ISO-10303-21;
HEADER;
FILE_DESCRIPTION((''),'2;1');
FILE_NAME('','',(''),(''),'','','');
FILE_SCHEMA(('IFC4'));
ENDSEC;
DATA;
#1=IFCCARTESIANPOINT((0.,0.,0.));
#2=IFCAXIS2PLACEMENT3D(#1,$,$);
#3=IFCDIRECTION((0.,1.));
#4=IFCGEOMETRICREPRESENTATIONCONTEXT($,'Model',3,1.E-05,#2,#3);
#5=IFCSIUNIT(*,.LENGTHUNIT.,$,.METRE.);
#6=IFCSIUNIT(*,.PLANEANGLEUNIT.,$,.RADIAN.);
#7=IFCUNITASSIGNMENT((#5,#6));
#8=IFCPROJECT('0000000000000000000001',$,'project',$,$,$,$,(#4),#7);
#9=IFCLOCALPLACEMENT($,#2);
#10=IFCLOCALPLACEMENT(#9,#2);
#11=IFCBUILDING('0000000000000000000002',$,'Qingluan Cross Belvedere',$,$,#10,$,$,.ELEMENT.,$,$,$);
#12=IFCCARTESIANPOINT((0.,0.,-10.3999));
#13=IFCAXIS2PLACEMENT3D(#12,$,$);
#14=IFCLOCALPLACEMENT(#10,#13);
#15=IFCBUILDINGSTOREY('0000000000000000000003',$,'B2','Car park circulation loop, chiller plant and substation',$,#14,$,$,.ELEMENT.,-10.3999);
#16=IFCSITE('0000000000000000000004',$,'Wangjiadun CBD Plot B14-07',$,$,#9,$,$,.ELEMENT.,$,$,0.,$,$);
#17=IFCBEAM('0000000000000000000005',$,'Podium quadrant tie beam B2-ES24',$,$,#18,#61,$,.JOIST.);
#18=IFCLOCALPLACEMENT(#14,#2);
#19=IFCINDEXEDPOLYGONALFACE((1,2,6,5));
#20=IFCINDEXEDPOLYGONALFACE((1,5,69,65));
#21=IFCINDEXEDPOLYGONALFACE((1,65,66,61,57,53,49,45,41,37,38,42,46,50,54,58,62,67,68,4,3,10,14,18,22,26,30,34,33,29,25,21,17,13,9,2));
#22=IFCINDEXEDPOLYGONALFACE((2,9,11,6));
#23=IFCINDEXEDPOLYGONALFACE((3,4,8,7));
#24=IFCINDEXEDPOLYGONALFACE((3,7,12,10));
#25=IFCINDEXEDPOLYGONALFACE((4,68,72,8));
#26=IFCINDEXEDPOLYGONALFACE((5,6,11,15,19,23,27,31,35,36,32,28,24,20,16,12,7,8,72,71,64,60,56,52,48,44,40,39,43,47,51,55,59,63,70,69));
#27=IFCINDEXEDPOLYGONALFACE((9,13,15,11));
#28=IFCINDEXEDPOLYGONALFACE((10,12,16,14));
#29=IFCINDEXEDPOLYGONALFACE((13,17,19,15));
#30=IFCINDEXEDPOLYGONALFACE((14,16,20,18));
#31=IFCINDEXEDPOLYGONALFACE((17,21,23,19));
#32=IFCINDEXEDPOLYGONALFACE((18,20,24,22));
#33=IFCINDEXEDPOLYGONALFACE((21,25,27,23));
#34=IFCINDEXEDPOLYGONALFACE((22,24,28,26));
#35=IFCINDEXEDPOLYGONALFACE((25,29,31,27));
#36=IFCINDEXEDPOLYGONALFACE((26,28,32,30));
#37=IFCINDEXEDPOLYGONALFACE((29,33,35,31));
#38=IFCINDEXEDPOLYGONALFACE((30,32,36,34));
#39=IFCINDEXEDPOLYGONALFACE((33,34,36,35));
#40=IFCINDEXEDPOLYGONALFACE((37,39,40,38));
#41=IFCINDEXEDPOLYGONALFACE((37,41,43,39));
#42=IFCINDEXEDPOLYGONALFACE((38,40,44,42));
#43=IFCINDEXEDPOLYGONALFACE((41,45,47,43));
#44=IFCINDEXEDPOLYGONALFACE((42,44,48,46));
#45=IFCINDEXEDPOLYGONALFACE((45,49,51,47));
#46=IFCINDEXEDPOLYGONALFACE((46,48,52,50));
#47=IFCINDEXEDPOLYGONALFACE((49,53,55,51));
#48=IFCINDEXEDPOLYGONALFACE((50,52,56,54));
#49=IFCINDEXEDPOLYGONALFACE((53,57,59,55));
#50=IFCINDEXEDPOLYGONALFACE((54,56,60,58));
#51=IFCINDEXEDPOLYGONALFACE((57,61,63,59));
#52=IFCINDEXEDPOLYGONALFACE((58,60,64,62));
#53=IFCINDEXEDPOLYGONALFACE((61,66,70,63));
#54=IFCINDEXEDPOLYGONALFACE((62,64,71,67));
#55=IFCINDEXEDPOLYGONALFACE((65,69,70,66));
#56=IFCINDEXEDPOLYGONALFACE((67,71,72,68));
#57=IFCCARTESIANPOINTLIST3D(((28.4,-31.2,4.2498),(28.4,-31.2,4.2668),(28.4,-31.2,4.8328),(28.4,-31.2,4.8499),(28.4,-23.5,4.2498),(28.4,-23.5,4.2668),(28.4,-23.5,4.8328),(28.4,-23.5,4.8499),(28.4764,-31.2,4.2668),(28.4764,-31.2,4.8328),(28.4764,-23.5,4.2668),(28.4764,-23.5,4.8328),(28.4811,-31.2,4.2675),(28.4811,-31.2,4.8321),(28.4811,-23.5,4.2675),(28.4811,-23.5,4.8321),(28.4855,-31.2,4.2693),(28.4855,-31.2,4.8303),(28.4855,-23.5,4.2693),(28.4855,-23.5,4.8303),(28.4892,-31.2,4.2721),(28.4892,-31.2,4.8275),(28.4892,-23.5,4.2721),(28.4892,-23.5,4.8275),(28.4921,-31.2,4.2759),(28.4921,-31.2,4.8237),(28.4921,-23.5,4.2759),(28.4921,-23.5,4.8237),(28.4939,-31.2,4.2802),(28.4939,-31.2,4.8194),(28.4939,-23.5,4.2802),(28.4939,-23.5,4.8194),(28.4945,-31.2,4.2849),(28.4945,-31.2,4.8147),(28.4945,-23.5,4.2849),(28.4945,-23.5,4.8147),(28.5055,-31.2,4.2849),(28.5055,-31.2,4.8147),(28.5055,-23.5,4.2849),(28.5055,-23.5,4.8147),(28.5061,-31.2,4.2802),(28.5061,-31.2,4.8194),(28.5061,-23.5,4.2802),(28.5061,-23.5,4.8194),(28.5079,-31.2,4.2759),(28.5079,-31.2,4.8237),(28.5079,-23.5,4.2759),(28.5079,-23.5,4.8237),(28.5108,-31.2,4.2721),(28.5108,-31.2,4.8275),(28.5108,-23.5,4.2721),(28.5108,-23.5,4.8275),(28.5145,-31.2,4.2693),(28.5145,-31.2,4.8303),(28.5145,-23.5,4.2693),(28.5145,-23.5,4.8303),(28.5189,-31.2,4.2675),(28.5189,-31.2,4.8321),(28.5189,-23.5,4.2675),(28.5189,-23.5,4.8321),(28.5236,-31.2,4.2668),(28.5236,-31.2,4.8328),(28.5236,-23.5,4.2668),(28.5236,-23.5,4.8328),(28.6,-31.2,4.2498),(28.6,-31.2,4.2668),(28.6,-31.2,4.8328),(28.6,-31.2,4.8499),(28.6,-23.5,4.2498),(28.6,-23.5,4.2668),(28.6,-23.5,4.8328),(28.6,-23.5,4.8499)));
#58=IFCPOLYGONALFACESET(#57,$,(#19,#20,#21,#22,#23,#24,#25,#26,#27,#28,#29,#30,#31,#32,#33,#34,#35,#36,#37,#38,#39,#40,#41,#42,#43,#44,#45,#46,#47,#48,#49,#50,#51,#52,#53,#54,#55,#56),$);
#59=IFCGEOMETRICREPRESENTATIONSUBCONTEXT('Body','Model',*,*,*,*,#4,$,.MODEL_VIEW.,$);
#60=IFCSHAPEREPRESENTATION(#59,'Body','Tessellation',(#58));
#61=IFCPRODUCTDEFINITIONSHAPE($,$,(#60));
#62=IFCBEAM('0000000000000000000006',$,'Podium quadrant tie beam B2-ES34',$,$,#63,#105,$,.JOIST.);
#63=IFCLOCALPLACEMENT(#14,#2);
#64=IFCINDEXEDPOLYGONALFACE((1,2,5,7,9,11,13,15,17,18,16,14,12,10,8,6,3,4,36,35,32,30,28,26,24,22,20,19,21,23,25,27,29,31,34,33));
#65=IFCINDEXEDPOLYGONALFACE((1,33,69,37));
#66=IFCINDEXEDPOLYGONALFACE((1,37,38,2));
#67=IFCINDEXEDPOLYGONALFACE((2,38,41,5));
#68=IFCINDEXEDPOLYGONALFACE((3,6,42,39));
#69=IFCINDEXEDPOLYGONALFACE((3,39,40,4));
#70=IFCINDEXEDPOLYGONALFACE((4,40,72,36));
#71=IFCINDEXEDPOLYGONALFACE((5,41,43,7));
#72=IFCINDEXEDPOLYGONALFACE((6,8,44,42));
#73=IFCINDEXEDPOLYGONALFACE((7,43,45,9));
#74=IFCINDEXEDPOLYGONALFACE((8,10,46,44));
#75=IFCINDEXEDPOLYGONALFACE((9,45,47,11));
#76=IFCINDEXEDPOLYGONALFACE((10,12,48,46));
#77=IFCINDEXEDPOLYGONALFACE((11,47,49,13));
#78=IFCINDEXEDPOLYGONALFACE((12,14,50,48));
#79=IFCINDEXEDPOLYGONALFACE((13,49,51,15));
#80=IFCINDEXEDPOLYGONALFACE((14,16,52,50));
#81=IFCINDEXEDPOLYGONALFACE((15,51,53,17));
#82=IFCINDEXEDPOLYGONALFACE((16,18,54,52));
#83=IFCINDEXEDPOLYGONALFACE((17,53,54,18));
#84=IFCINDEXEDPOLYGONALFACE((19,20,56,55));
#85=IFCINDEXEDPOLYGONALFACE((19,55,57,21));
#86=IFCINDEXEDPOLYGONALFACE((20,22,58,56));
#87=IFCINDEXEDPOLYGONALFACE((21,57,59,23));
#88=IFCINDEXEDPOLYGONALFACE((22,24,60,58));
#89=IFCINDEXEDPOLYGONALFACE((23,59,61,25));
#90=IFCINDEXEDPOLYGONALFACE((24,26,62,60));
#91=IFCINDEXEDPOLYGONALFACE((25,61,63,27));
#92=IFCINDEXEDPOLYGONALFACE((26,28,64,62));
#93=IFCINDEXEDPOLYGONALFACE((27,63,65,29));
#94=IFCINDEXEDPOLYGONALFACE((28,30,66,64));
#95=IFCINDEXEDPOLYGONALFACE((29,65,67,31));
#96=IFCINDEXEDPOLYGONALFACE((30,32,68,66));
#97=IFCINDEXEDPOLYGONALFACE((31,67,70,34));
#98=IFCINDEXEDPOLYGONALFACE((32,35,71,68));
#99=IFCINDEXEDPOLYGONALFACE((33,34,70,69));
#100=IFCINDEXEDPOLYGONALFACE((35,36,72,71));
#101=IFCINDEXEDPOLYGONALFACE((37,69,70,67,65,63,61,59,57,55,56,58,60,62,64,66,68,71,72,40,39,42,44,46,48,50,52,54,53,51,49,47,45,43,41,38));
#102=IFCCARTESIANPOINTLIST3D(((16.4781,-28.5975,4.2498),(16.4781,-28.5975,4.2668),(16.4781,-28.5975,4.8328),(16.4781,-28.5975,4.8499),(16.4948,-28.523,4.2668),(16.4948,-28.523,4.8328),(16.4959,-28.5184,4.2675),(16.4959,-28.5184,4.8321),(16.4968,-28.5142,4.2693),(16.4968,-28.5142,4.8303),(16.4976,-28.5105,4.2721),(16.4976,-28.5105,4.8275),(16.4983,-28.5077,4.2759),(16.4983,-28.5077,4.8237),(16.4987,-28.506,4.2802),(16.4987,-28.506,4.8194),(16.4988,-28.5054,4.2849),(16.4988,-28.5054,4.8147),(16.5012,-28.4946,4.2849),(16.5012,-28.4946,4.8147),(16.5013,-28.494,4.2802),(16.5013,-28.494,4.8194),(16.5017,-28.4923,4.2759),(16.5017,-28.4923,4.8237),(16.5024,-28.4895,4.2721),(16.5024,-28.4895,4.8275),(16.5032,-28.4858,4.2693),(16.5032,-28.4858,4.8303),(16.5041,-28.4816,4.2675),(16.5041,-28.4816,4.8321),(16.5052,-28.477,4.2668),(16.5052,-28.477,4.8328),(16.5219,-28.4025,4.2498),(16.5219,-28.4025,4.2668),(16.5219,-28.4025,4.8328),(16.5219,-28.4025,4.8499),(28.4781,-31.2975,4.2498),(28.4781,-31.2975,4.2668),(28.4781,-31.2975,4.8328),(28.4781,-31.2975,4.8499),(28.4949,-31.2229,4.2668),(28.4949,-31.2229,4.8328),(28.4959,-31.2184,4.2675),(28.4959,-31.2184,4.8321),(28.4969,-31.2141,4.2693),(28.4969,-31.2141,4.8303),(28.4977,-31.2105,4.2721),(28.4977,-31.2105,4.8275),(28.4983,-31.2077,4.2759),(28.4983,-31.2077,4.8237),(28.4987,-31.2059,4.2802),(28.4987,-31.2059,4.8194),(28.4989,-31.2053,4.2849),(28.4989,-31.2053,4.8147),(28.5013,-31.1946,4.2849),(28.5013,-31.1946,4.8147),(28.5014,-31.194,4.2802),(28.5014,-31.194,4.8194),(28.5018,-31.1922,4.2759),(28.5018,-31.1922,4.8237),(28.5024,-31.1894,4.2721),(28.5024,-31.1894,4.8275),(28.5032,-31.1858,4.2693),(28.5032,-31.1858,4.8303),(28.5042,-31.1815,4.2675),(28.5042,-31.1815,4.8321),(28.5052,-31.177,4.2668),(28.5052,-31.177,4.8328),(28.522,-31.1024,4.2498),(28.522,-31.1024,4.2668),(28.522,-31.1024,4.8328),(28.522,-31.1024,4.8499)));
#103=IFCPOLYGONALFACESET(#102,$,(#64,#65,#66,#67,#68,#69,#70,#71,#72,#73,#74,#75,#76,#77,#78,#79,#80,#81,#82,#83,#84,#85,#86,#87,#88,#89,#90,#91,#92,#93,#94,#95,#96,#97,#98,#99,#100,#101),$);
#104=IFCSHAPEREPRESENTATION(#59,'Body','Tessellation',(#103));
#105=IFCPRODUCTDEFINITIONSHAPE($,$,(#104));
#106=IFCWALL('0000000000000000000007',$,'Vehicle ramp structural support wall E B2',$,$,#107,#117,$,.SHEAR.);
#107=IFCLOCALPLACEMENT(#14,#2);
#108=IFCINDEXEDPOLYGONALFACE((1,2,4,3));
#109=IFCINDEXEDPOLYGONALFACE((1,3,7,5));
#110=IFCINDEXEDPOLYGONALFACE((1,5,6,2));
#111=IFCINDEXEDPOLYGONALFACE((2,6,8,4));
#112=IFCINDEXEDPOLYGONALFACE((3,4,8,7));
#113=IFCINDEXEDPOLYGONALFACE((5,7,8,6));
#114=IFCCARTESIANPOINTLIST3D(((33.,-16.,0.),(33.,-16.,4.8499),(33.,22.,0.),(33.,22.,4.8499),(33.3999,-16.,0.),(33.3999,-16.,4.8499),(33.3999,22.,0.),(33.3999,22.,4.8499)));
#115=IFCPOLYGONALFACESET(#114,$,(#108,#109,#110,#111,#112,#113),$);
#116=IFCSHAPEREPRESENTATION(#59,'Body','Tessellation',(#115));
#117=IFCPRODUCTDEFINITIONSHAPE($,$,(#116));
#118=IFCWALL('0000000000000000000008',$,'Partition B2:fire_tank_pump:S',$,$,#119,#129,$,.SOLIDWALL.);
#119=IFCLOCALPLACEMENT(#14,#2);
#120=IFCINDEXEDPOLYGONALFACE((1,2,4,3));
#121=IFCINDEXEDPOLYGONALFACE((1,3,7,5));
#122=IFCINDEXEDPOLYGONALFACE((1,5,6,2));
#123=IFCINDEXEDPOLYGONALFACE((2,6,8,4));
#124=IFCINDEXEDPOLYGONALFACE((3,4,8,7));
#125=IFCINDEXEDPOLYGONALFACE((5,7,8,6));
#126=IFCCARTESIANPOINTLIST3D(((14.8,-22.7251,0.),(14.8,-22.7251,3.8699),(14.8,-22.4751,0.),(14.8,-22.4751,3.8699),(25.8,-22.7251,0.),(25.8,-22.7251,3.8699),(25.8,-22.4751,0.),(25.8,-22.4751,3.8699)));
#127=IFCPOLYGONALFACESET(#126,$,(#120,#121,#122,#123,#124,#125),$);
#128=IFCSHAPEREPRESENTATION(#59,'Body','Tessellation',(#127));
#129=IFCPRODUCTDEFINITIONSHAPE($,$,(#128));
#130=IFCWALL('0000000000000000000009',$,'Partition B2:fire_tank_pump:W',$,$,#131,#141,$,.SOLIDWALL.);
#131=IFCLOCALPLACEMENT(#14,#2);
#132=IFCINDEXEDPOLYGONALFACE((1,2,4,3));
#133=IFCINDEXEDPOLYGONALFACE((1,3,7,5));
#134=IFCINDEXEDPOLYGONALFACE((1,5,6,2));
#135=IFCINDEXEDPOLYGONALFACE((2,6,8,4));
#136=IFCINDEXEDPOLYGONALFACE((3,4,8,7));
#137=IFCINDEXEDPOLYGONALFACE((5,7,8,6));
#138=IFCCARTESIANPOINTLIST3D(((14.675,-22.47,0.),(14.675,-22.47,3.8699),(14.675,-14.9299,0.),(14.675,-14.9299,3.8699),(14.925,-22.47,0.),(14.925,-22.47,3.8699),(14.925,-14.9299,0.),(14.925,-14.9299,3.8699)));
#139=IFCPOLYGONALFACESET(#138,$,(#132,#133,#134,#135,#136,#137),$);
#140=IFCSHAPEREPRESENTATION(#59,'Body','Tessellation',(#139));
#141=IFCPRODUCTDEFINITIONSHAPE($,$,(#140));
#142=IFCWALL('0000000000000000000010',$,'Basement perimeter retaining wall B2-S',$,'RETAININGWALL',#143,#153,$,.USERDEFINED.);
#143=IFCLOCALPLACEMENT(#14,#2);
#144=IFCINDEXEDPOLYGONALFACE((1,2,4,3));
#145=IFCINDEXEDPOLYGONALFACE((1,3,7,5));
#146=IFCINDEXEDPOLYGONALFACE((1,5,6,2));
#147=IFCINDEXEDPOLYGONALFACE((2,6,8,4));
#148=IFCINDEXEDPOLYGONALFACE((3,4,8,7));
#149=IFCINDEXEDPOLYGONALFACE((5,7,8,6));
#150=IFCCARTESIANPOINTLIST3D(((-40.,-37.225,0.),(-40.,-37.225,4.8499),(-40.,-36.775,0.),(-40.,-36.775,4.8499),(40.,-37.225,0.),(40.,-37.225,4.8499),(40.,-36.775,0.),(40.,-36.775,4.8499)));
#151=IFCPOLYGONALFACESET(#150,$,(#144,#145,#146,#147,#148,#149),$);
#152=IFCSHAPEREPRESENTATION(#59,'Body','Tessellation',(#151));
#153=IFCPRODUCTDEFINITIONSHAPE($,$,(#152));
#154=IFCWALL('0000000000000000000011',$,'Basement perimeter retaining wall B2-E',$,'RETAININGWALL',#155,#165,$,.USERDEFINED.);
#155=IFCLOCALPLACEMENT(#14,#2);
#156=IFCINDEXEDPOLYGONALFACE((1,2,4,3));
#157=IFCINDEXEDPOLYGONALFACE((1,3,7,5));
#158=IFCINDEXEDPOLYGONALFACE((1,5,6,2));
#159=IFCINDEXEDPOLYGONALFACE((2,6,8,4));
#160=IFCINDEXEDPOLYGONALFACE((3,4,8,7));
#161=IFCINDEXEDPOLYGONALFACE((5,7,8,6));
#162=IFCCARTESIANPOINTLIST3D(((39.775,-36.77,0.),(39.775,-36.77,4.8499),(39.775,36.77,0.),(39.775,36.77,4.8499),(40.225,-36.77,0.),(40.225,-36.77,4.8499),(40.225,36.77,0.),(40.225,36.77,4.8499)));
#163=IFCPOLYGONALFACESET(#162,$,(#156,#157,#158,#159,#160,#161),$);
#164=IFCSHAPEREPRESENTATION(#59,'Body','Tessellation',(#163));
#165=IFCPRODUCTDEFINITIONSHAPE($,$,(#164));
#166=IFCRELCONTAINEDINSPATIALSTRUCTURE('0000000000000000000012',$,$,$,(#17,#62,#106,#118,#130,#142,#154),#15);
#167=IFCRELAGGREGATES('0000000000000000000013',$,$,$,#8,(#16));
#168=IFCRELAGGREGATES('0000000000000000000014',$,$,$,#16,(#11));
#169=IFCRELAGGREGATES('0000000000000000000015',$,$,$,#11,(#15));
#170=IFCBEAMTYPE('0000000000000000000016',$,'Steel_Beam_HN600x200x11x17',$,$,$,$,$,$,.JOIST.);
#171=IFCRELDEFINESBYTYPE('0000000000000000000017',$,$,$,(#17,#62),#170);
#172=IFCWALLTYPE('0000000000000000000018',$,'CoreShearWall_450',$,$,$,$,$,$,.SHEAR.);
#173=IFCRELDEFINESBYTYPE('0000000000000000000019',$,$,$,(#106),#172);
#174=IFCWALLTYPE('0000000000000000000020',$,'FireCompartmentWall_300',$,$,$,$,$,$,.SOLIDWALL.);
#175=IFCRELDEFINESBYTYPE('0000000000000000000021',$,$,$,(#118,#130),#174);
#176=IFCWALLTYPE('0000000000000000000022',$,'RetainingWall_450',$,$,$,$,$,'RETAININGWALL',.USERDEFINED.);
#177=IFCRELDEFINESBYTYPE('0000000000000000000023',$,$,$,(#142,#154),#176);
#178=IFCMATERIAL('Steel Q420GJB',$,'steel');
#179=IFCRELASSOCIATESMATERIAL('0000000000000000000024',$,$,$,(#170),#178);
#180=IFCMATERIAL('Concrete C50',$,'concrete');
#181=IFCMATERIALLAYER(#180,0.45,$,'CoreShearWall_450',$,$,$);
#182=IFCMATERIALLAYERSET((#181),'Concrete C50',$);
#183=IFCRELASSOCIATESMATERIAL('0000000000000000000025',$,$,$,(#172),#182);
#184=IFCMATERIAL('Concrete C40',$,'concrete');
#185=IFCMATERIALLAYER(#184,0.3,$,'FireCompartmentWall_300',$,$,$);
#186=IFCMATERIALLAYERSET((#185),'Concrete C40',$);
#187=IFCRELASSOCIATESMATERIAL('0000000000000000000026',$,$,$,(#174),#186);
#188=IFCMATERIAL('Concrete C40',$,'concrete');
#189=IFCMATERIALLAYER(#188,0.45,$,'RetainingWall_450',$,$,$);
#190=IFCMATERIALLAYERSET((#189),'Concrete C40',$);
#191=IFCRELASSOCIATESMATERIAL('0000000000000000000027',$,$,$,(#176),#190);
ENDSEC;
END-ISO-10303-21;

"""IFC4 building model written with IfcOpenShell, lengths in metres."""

from ifc_helpers import new_model, si_unit, direction, frame, frame_2d, origin, origin_2d, place, context, subcontext, project, spatial, rectangle, i_section, extrude, material, layer, layer_set, material_profile, profile_set, type_object, element, save


model = new_model("IFC4")

# Units and contexts
model_context = context("Model", 3, precision=1e-05, world=origin(), true_north=direction((0.0, 1.0)))
body_context = subcontext(model_context, "Body", "Model", "MODEL_VIEW")
ifc_project = project(units=[si_unit("LENGTHUNIT", "METRE"), si_unit("PLANEANGLEUNIT", "RADIAN")], contexts=[model_context])

# Site, building, storey
site_placement = place(None, origin())
site = spatial("IfcSite", under=ifc_project, at=site_placement, Name="Wangjiadun CBD Plot B14-07", CompositionType="ELEMENT", RefElevation=0.0)
building_placement = place(site_placement, origin())
building = spatial("IfcBuilding", under=site, at=building_placement, Name="Qingluan Cross Belvedere", CompositionType="ELEMENT")
storey_placement = place(building_placement, frame((0.0, 0.0, -10.3999)))
storey = spatial("IfcBuildingStorey", under=building, at=storey_placement, Name="B2", Description="Car park circulation loop, chiller plant and substation", CompositionType="ELEMENT", Elevation=-10.3999)

# Beams
ifc_material_1 = material(Name="Steel Q420GJB", Category="steel")
ifc_material_profile_1 = material_profile(ifc_material_1, i_section(OverallWidth=0.2, OverallDepth=0.6001, WebThickness=0.011, FlangeThickness=0.0171, FilletRadius=0.0181, at=origin_2d()), Name="HN600x200x11x17")
ifc_profile_set_1 = profile_set([ifc_material_profile_1], Name="Steel Q420GJB")
beam_type = type_object("IfcBeamType", Name="Steel_Beam_HN600x200x11x17", PredefinedType="JOIST", material=ifc_profile_set_1)
beam_1_placement = place(storey_placement, frame((28.5, -23.5, 4.5498), z_axis=(0.0, -1.0, 0.0), x_axis=(1.0, 0.0, 0.0)))
element("IfcBeam", 1, at=beam_1_placement, inside=storey, type_object=beam_type, Name="Podium quadrant tie beam B2-ES24", PredefinedType="JOIST", context=body_context, shape_type="SweptSolid", body=[
    extrude(i_section(OverallWidth=0.2, OverallDepth=0.6001, WebThickness=0.011, FlangeThickness=0.0171, FilletRadius=0.0181, at=origin_2d()), origin(), (0.0, 0.0, 1.0), 7.7),
])
beam_2_placement = place(storey_placement, frame((16.5, -28.5, 4.5498), z_axis=(0.975611, -0.219508, 0.0), x_axis=(0.219508, 0.975611, 0.0)))
element("IfcBeam", 2, at=beam_2_placement, inside=storey, type_object=beam_type, Name="Podium quadrant tie beam B2-ES34", PredefinedType="JOIST", context=body_context, shape_type="SweptSolid", body=[
    extrude(i_section(OverallWidth=0.2, OverallDepth=0.6001, WebThickness=0.011, FlangeThickness=0.0171, FilletRadius=0.0181, at=origin_2d()), origin(), (0.0, 0.0, 1.0), 12.3),
])

# Walls
ifc_material_2 = material(Name="Concrete C50", Category="concrete")
ifc_layer_1 = layer(ifc_material_2, 0.45, Name="CoreShearWall_450")
ifc_layer_set_1 = layer_set([ifc_layer_1], Name="Concrete C50")
wall_type_1 = type_object("IfcWallType", Name="CoreShearWall_450", PredefinedType="SHEAR", material=ifc_layer_set_1)
wall_1_placement = place(storey_placement, frame((33.2, -16.0, 0.0), z_axis=(0.0, 0.0, 1.0), x_axis=(0.0, 1.0, 0.0)))
element("IfcWall", 3, at=wall_1_placement, inside=storey, type_object=wall_type_1, Name="Vehicle ramp structural support wall E B2", PredefinedType="SHEAR", context=body_context, shape_type="SweptSolid", body=[
    extrude(rectangle(XDim=38.0, YDim=0.3999, at=frame_2d((19.0, 0.0))), origin(), (0.0, 0.0, 1.0), 4.8499),
])
ifc_material_3 = material(Name="Concrete C40", Category="concrete")
ifc_layer_2 = layer(ifc_material_3, 0.3, Name="FireCompartmentWall_300")
ifc_layer_set_2 = layer_set([ifc_layer_2], Name="Concrete C40")
wall_type_2 = type_object("IfcWallType", Name="FireCompartmentWall_300", PredefinedType="SOLIDWALL", material=ifc_layer_set_2)
wall_2_placement = place(storey_placement, frame((14.8, -22.6001, 0.0), z_axis=(0.0, 0.0, 1.0), x_axis=(1.0, 0.0, 0.0)))
element("IfcWall", 4, at=wall_2_placement, inside=storey, type_object=wall_type_2, Name="Partition B2:fire_tank_pump:S", PredefinedType="SOLIDWALL", context=body_context, shape_type="SweptSolid", body=[
    extrude(rectangle(XDim=11.0, YDim=0.25, at=frame_2d((5.5, 0.0))), origin(), (0.0, 0.0, 1.0), 3.8699),
])
wall_3_placement = place(storey_placement, frame((14.8, -22.47, 0.0), z_axis=(0.0, 0.0, 1.0), x_axis=(0.0, 1.0, 0.0)))
element("IfcWall", 5, at=wall_3_placement, inside=storey, type_object=wall_type_2, Name="Partition B2:fire_tank_pump:W", PredefinedType="SOLIDWALL", context=body_context, shape_type="SweptSolid", body=[
    extrude(rectangle(XDim=7.54, YDim=0.25, at=frame_2d((3.77, 0.0))), origin(), (0.0, 0.0, 1.0), 3.8699),
])

# Walls
ifc_material_4 = material(Name="Concrete C40", Category="concrete")
ifc_layer_3 = layer(ifc_material_4, 0.45, Name="RetainingWall_450")
ifc_layer_set_3 = layer_set([ifc_layer_3], Name="Concrete C40")
wall_type_3 = type_object("IfcWallType", Name="RetainingWall_450", ElementType="RETAININGWALL", PredefinedType="USERDEFINED", material=ifc_layer_set_3)
wall_4_placement = place(storey_placement, frame((40.0, -37.0, 0.0), z_axis=(0.0, 0.0, 1.0), x_axis=(-1.0, 0.0, 0.0)))
element("IfcWall", 6, at=wall_4_placement, inside=storey, type_object=wall_type_3, Name="Basement perimeter retaining wall B2-S", ObjectType="RETAININGWALL", PredefinedType="USERDEFINED", context=body_context, shape_type="SweptSolid", body=[
    extrude(rectangle(XDim=80.0, YDim=0.45, at=frame_2d((40.0, 0.0))), origin(), (0.0, 0.0, 1.0), 4.8499),
])
wall_5_placement = place(storey_placement, frame((40.0, -36.77, 0.0), z_axis=(0.0, 0.0, 1.0), x_axis=(0.0, 1.0, 0.0)))
element("IfcWall", 7, at=wall_5_placement, inside=storey, type_object=wall_type_3, Name="Basement perimeter retaining wall B2-E", ObjectType="RETAININGWALL", PredefinedType="USERDEFINED", context=body_context, shape_type="SweptSolid", body=[
    extrude(rectangle(XDim=73.54, YDim=0.45, at=frame_2d((36.77, 0.0))), origin(), (0.0, 0.0, 1.0), 4.8499),
])

save(model, "model.ifc")
